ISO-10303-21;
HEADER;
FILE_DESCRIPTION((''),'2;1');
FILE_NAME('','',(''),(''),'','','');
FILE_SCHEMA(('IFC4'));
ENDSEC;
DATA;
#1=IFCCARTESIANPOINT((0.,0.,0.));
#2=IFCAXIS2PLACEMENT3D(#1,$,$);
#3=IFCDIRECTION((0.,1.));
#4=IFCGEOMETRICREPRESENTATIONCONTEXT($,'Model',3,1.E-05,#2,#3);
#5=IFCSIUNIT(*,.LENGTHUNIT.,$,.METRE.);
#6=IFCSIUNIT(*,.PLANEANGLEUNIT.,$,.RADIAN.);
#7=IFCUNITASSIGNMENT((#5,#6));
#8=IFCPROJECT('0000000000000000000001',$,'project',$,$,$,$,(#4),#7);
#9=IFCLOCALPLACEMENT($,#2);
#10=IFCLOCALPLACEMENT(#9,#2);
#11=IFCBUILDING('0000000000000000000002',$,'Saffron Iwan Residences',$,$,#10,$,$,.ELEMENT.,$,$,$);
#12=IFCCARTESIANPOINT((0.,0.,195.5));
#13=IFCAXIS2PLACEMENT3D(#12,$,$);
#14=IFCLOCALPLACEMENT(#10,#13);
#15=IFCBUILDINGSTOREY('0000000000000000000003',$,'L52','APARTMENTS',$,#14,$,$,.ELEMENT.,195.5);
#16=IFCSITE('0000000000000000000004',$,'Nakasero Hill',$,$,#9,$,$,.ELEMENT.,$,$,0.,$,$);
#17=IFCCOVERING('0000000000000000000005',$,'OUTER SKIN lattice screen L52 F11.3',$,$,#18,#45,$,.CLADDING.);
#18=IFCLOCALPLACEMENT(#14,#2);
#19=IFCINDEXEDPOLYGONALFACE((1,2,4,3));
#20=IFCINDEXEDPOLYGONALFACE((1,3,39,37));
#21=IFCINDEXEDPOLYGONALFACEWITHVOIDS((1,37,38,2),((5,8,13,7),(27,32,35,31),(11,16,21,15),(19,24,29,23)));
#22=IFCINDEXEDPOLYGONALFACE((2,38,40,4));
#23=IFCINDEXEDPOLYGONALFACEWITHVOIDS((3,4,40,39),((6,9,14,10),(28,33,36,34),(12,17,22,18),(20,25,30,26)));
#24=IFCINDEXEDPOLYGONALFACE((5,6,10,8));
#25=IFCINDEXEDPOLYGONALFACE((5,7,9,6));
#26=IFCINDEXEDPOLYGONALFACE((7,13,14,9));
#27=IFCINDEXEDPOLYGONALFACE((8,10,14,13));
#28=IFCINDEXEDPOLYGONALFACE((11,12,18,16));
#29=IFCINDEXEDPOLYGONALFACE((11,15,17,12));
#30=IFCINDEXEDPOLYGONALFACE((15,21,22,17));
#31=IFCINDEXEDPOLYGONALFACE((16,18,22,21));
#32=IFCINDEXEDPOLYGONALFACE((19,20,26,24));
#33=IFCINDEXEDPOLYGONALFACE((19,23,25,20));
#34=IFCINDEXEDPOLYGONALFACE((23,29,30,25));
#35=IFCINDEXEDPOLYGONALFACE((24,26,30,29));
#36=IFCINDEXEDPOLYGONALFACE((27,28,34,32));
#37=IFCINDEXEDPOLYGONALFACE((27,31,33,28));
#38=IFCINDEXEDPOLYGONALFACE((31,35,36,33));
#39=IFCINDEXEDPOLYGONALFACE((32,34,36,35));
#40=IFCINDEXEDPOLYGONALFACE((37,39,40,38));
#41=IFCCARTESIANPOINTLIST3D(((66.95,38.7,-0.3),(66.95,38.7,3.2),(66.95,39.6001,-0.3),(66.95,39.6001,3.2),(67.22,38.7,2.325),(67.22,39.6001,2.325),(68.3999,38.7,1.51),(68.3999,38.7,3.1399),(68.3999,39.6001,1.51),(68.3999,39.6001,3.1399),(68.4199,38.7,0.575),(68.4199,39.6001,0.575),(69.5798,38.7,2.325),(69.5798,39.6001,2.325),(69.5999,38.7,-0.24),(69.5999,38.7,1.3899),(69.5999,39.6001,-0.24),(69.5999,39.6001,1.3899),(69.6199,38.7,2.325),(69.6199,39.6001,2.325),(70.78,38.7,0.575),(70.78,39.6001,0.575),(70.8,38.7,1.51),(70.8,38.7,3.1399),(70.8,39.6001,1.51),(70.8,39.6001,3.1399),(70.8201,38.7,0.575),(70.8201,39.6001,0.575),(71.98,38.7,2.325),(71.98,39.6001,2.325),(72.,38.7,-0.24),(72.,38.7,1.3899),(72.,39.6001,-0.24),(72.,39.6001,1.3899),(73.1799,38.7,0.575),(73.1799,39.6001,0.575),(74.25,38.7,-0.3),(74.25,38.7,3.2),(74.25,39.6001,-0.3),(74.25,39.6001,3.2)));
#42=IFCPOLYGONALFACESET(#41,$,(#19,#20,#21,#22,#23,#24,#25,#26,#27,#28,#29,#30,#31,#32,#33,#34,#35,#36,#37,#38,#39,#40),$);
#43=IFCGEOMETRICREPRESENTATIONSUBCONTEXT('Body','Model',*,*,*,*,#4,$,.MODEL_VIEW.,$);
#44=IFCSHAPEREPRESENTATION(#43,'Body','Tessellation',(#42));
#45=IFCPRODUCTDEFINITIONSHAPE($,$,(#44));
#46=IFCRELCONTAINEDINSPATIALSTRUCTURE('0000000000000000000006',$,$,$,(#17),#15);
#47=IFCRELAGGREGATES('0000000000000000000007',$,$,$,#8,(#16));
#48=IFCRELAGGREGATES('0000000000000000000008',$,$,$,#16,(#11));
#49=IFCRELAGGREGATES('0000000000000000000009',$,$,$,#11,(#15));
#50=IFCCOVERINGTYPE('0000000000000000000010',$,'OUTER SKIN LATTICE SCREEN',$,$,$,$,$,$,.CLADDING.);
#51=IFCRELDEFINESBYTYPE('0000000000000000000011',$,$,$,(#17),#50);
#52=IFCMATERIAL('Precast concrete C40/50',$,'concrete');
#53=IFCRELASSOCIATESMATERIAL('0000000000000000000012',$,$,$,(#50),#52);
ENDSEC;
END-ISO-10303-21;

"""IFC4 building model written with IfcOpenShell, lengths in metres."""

from ifc_helpers import new_model, si_unit, direction, frame, origin, place, context, subcontext, project, spatial, polyline, outline, extrude, material, type_object, element, save


model = new_model("IFC4")

# Units and contexts
model_context = context("Model", 3, precision=1e-05, world=origin(), true_north=direction((0.0, 1.0)))
body_context = subcontext(model_context, "Body", "Model", "MODEL_VIEW")
ifc_project = project(units=[si_unit("LENGTHUNIT", "METRE"), si_unit("PLANEANGLEUNIT", "RADIAN")], contexts=[model_context])

# Site, building, storey
site_placement = place(None, origin())
site = spatial("IfcSite", under=ifc_project, at=site_placement, Name="Nakasero Hill", CompositionType="ELEMENT", RefElevation=0.0)
building_placement = place(site_placement, origin())
building = spatial("IfcBuilding", under=site, at=building_placement, Name="Saffron Iwan Residences", CompositionType="ELEMENT")
storey_placement = place(building_placement, frame((0.0, 0.0, 195.5)))
storey = spatial("IfcBuildingStorey", under=building, at=storey_placement, Name="L52", Description="APARTMENTS", CompositionType="ELEMENT", Elevation=195.5)

# Covering
ifc_material_1 = material(Name="Precast concrete C40/50", Category="concrete")
covering_type = type_object("IfcCoveringType", Name="OUTER SKIN LATTICE SCREEN", PredefinedType="CLADDING", material=ifc_material_1)
covering_1_placement = place(storey_placement, frame((66.95, 39.6001, -0.3), z_axis=(0.0, -1.0, 0.0), x_axis=(1.0, 0.0, 0.0)))
element("IfcCovering", 1, at=covering_1_placement, inside=storey, type_object=covering_type, Name="OUTER SKIN lattice screen L52 F11.3", PredefinedType="CLADDING", context=body_context, shape_type="SweptSolid", body=[
    extrude(outline(polyline([(0.0, 0.0), (7.3, 0.0), (7.3, 3.5), (0.0, 3.5), (0.0, 0.0)]), holes=[polyline([(1.47, 0.875), (2.6499, 0.0601), (3.8301, 0.875), (2.6499, 1.6899), (1.47, 0.875)]), polyline([(3.8701, 0.875), (5.05, 0.0601), (6.23, 0.875), (5.05, 1.6899), (3.8701, 0.875)]), polyline([(0.27, 2.625), (1.45, 1.8101), (2.6299, 2.625), (1.45, 3.4399), (0.27, 2.625)]), polyline([(2.6699, 2.625), (3.8501, 1.8101), (5.03, 2.625), (3.8501, 3.4399), (2.6699, 2.625)])]), origin(), (0.0, 0.0, 1.0), 0.9001),
])

save(model, "model.ifc")
